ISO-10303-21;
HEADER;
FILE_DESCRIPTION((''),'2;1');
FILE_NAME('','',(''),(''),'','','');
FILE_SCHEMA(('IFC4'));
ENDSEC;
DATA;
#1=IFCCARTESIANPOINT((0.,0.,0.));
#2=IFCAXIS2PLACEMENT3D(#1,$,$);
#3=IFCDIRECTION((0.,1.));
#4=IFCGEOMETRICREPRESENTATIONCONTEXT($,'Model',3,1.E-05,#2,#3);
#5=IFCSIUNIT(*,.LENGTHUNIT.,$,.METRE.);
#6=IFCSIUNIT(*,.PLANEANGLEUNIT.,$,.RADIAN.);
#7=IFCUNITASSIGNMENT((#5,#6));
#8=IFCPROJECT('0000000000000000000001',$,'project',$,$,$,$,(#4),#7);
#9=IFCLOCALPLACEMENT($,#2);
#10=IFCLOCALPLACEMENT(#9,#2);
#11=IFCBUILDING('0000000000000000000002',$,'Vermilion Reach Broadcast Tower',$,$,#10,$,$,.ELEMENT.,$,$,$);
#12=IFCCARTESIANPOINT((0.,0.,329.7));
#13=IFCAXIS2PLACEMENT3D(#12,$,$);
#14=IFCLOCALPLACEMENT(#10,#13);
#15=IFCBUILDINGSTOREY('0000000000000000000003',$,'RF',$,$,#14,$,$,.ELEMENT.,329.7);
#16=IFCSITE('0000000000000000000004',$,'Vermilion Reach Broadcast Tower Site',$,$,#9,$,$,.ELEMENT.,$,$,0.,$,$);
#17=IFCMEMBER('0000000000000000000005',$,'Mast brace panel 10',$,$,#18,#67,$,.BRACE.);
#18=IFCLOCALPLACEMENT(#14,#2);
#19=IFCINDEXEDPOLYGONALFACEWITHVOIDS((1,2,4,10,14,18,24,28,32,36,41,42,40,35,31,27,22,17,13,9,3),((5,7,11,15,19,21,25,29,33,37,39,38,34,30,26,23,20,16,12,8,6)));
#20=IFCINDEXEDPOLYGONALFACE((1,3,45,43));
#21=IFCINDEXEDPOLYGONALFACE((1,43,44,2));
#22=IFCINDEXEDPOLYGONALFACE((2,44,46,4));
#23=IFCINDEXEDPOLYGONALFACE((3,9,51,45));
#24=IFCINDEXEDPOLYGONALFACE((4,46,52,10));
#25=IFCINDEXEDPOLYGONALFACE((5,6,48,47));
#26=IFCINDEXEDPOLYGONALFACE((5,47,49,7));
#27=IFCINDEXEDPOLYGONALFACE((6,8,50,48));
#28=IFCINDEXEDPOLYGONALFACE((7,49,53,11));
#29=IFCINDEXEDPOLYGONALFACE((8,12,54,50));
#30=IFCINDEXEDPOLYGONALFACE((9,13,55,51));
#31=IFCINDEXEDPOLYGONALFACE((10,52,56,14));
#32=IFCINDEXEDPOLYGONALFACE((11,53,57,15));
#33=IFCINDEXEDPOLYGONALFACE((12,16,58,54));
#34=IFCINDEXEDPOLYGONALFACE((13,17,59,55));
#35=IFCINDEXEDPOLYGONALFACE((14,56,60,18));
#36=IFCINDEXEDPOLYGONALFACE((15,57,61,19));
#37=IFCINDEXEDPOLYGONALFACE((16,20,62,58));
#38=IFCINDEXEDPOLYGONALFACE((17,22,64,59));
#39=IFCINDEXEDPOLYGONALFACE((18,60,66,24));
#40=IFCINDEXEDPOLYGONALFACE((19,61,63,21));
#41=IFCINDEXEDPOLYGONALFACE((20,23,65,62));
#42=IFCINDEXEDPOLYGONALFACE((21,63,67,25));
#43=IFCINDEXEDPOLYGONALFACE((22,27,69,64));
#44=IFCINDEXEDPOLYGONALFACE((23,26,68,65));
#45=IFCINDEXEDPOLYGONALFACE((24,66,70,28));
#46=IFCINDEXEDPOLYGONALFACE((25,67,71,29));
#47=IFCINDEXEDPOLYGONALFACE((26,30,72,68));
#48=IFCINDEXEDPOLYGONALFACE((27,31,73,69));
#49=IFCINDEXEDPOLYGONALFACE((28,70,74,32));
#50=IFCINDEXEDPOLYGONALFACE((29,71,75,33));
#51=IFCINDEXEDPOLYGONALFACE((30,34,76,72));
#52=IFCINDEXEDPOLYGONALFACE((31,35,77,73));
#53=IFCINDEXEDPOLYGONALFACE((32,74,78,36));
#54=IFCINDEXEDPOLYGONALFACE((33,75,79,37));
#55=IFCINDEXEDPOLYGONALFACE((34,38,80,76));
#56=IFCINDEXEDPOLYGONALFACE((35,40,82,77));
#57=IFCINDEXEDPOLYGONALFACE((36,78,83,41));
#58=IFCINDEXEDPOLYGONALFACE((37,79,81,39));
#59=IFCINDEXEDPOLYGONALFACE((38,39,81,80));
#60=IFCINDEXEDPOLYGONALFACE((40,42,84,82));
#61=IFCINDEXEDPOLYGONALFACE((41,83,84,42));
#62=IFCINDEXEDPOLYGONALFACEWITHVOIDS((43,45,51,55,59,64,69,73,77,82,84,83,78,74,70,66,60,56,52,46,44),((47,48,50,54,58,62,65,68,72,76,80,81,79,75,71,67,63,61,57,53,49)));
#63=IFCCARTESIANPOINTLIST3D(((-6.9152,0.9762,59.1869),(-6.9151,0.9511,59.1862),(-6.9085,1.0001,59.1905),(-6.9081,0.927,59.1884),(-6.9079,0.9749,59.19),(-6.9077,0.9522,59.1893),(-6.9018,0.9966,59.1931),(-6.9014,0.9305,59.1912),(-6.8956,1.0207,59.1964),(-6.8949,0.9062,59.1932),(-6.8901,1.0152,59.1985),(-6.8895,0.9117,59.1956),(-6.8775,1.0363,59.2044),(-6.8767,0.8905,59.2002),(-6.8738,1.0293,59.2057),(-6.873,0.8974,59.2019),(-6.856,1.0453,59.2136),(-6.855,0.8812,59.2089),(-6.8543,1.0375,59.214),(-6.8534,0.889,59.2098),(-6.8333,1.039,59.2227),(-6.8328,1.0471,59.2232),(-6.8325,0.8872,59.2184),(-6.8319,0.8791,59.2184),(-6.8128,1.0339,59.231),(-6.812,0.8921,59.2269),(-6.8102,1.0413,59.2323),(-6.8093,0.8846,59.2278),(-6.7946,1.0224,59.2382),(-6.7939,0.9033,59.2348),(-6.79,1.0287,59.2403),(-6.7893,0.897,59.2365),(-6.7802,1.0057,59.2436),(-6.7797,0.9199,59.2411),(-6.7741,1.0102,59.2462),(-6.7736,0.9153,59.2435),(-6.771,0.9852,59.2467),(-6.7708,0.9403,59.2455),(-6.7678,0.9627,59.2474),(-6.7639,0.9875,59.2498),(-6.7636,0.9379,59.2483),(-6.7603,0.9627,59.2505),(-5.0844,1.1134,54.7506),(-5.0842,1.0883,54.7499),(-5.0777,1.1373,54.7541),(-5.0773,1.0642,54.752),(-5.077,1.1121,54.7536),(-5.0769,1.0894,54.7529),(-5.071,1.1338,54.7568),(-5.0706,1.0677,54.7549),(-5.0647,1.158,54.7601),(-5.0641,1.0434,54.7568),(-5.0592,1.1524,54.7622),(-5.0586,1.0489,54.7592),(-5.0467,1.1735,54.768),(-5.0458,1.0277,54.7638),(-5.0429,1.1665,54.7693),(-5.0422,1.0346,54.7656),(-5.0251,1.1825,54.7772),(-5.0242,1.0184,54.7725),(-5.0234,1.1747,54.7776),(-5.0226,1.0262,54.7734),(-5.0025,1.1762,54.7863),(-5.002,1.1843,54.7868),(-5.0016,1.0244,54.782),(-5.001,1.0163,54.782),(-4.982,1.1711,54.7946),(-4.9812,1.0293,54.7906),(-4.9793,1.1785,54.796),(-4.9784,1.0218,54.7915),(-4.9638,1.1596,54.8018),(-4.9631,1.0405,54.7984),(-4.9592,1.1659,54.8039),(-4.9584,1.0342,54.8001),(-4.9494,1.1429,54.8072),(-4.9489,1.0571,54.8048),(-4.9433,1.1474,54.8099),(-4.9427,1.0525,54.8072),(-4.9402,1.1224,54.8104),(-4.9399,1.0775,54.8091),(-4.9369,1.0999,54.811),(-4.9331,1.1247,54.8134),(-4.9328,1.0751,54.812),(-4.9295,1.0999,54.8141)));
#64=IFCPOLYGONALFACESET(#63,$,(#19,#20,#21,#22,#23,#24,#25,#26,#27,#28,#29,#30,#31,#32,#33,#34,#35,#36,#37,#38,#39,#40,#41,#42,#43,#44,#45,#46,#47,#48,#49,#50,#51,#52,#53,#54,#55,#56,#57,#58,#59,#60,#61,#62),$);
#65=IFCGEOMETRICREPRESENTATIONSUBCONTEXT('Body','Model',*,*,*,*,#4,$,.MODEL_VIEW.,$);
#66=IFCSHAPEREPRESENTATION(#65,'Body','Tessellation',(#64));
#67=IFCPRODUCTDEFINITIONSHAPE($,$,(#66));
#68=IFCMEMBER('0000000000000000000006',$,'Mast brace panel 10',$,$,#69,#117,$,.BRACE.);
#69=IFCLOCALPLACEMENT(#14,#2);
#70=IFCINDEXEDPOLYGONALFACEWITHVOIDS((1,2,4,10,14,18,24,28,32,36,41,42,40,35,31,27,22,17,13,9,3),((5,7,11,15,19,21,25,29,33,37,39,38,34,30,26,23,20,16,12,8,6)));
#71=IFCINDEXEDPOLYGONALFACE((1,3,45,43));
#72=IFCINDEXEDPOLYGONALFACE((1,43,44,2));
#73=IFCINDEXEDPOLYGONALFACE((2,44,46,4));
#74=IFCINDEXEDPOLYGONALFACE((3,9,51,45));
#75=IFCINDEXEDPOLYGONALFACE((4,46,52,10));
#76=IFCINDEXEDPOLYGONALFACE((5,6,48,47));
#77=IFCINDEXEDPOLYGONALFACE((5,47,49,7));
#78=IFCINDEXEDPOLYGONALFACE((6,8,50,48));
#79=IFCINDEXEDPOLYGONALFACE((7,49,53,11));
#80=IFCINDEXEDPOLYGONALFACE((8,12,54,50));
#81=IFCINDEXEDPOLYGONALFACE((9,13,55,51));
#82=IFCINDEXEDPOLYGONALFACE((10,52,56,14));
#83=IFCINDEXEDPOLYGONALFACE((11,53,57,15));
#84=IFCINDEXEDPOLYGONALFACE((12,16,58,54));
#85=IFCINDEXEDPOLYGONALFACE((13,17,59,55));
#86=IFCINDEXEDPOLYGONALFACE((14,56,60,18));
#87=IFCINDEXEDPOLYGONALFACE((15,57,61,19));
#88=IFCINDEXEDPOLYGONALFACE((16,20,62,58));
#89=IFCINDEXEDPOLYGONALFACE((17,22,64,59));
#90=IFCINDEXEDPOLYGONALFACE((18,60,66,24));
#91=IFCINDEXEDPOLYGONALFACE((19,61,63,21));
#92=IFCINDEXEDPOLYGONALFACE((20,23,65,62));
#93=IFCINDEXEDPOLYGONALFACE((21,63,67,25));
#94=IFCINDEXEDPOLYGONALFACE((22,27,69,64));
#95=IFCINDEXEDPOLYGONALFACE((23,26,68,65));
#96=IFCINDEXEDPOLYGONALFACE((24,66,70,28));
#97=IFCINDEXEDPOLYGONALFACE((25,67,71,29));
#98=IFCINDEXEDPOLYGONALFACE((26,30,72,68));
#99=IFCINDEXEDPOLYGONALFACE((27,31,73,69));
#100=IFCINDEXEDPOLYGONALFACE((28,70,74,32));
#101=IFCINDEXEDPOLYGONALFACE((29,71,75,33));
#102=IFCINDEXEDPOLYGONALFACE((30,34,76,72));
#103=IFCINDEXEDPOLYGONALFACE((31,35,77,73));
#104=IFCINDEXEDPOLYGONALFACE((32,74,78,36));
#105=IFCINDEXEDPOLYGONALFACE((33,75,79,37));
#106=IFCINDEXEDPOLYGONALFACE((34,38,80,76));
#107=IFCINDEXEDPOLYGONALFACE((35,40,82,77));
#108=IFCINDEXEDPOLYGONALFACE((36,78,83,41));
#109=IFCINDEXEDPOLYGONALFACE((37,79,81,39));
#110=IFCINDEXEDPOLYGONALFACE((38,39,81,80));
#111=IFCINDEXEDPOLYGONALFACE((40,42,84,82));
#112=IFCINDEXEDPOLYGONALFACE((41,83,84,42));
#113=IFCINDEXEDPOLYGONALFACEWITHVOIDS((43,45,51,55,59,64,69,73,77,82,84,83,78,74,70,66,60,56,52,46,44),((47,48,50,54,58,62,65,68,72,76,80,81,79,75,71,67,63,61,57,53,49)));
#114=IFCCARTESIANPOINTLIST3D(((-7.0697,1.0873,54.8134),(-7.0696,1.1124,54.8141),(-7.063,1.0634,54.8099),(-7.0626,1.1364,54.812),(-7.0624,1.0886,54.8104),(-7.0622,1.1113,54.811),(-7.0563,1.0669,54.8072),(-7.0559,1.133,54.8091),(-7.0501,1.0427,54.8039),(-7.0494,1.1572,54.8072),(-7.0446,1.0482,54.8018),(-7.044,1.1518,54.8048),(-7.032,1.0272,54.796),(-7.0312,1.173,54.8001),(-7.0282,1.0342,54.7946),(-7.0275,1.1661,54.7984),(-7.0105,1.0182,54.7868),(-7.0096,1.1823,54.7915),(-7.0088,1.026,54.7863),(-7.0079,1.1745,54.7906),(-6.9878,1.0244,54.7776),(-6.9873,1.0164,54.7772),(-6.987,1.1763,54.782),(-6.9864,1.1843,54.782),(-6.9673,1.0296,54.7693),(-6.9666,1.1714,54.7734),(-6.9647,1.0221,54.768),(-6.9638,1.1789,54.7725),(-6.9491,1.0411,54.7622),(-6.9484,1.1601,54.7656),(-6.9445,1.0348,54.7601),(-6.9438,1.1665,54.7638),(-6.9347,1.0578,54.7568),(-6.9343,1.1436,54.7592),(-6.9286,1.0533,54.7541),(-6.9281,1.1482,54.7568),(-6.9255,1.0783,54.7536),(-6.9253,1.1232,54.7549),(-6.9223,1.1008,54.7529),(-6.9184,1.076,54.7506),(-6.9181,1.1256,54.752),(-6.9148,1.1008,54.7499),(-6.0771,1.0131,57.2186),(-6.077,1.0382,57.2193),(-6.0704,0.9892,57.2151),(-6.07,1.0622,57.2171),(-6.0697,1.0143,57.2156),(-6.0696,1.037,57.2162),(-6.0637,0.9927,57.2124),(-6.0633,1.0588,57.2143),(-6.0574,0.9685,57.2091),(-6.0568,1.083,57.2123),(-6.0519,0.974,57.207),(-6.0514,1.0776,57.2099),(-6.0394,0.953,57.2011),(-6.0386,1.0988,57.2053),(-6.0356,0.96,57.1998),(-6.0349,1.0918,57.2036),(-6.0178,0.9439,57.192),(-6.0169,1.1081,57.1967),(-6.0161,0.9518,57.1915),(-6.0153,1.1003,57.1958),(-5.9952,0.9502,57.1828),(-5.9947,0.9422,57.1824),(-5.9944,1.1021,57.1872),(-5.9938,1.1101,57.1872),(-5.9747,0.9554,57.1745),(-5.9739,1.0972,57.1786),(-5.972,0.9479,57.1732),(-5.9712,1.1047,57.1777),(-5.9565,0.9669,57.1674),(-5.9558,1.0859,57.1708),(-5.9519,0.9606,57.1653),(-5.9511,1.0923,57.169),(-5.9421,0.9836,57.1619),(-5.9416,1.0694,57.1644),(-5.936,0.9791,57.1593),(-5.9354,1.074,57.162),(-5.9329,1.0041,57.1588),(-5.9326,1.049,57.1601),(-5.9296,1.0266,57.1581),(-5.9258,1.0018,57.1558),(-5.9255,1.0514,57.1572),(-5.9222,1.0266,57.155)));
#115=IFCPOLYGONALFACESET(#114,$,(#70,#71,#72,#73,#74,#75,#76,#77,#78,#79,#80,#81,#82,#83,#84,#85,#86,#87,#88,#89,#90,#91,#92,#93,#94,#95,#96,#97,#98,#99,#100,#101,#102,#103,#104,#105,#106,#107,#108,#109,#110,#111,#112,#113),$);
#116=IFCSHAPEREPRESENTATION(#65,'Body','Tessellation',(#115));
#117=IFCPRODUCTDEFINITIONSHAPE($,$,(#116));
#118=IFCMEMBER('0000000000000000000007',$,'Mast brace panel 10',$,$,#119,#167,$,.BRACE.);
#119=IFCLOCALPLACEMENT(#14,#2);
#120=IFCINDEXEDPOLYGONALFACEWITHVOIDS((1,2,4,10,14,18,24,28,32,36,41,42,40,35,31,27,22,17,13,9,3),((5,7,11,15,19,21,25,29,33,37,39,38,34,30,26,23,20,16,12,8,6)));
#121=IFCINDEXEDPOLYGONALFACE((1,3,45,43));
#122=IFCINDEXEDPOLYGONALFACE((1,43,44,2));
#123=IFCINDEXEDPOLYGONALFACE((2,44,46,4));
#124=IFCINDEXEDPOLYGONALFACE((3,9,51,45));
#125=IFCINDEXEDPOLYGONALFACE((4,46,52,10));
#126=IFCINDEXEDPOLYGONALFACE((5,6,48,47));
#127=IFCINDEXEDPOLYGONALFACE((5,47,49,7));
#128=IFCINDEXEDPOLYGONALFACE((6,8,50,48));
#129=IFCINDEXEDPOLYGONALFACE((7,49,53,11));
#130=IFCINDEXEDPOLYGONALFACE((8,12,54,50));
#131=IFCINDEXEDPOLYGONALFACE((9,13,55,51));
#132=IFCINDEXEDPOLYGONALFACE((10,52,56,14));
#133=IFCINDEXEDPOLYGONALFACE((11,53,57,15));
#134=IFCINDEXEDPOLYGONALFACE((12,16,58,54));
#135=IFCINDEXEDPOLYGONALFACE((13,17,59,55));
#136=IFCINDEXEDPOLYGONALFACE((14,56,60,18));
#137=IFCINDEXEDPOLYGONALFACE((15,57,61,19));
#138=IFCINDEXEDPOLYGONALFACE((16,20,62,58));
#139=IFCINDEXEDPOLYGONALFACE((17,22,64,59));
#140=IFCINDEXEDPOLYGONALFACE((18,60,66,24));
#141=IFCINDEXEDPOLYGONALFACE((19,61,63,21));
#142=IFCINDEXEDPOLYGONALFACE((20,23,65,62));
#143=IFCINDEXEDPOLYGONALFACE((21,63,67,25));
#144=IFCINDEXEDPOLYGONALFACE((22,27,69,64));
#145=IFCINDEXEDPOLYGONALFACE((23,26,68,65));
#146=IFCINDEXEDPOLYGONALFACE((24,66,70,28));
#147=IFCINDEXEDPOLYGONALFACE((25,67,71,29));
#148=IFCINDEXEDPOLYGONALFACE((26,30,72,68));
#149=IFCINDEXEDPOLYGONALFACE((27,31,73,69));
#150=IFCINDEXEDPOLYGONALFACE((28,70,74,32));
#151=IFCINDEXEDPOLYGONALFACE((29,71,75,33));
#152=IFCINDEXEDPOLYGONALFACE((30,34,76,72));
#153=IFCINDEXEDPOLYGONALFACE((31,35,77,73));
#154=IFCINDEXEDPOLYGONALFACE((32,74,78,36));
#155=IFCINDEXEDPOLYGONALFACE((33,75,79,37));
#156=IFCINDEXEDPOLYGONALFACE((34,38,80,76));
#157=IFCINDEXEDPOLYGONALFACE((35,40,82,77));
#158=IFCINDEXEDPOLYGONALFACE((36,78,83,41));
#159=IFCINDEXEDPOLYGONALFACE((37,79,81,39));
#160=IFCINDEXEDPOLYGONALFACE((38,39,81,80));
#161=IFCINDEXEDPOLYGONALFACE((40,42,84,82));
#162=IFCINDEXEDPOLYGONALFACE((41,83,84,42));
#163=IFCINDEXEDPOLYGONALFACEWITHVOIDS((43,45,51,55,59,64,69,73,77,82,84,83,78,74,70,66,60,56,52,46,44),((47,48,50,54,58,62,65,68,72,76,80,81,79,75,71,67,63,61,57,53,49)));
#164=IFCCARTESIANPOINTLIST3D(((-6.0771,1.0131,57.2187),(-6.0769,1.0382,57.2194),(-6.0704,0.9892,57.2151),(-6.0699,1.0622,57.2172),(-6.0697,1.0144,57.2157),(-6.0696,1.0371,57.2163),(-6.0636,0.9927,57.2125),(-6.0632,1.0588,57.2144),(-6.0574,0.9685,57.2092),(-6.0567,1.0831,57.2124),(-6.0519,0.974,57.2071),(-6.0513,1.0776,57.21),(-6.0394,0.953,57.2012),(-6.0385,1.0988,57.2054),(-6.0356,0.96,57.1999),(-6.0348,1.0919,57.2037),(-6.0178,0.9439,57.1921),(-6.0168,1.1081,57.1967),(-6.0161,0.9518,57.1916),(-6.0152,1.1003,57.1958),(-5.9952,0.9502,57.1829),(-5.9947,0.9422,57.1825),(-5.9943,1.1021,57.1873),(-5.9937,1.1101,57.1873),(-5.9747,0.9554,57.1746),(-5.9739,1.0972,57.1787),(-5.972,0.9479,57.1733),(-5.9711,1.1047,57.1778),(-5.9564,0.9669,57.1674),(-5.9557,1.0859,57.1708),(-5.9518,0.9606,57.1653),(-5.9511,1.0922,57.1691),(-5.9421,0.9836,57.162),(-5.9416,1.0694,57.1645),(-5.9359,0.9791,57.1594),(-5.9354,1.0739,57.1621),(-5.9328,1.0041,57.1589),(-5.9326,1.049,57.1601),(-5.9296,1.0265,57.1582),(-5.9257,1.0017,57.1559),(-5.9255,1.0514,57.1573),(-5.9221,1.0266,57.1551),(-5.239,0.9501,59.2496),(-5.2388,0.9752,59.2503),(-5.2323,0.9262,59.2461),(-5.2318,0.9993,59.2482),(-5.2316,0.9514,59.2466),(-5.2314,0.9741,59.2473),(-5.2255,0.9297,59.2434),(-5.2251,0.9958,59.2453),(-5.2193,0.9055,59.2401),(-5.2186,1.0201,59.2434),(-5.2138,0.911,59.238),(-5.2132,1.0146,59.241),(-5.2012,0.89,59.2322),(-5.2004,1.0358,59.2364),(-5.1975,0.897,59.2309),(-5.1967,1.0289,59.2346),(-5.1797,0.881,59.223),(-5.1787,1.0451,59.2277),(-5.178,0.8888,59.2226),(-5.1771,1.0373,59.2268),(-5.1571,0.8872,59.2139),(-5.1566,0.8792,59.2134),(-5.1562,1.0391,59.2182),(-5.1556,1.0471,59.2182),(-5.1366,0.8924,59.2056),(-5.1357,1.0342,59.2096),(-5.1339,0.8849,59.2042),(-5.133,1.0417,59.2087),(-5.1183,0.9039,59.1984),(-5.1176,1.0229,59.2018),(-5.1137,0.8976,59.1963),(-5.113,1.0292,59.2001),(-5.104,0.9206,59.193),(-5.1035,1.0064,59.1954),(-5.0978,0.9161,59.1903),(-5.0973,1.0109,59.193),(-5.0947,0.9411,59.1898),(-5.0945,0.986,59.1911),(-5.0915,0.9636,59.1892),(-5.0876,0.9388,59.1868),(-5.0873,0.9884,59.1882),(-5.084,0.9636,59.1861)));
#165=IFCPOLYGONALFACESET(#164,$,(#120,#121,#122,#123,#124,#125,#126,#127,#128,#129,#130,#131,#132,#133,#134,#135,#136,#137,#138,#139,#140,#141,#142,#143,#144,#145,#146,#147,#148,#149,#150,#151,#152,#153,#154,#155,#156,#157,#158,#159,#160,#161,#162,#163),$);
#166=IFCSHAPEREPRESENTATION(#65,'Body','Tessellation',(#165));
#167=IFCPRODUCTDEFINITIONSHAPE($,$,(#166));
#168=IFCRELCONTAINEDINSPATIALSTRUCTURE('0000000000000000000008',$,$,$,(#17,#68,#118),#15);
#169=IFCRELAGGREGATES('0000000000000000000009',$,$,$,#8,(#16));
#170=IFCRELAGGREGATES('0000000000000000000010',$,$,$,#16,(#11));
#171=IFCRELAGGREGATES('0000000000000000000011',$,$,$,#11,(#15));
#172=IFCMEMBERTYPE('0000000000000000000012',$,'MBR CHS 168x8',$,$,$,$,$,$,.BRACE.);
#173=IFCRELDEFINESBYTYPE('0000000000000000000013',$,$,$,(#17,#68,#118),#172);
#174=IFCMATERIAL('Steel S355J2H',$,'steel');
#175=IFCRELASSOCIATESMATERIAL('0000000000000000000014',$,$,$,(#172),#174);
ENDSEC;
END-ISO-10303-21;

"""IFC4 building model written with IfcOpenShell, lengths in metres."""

from ifc_helpers import new_model, si_unit, direction, frame, origin, origin_2d, place, context, subcontext, project, spatial, hollow_circle, extrude, material, material_profile, profile_set, type_object, element, save


model = new_model("IFC4")

# Units and contexts
model_context = context("Model", 3, precision=1e-05, world=origin(), true_north=direction((0.0, 1.0)))
body_context = subcontext(model_context, "Body", "Model", "MODEL_VIEW")
ifc_project = project(units=[si_unit("LENGTHUNIT", "METRE"), si_unit("PLANEANGLEUNIT", "RADIAN")], contexts=[model_context])

# Site, building, storey
site_placement = place(None, origin())
site = spatial("IfcSite", under=ifc_project, at=site_placement, Name="Vermilion Reach Broadcast Tower Site", CompositionType="ELEMENT", RefElevation=0.0)
building_placement = place(site_placement, origin())
building = spatial("IfcBuilding", under=site, at=building_placement, Name="Vermilion Reach Broadcast Tower", CompositionType="ELEMENT")
storey_placement = place(building_placement, frame((0.0, 0.0, 329.7)))
storey = spatial("IfcBuildingStorey", under=building, at=storey_placement, Name="RF", CompositionType="ELEMENT", Elevation=329.7)

# Members
ifc_material_1 = material(Name="Steel S355J2H", Category="steel")
ifc_material_profile_1 = material_profile(ifc_material_1, hollow_circle(Radius=0.0842, WallThickness=0.0081, at=origin_2d()), Name="S355J2H CHS 168x8")
ifc_profile_set_1 = profile_set([ifc_material_profile_1], Name="Steel S355J2H")
member_type_1 = type_object("IfcMemberType", Name="MBR CHS 168x8", PredefinedType="BRACE", material=ifc_profile_set_1)
member_1_placement = place(storey_placement, frame((-5.0073, 1.1003, 54.782), z_axis=(-0.381326, -0.028578, 0.923999), x_axis=(0.074734, -0.997204, 0.0)))
element("IfcMember", 1, at=member_1_placement, inside=storey, type_object=member_type_1, Name="Mast brace panel 10", PredefinedType="BRACE", context=body_context, shape_type="SweptSolid", body=[
    extrude(hollow_circle(Radius=0.0842, WallThickness=0.0081, at=origin_2d()), origin(), (0.0, 0.0, 1.0), 4.8013),
])
member_2_placement = place(storey_placement, frame((-6.9927, 1.1003, 54.782), z_axis=(0.38134, -0.028511, 0.923995), x_axis=(0.074558, 0.997217, 0.0)))
element("IfcMember", 2, at=member_2_placement, inside=storey, type_object=member_type_1, Name="Mast brace panel 10", PredefinedType="BRACE", context=body_context, shape_type="SweptSolid", body=[
    extrude(hollow_circle(Radius=0.0842, WallThickness=0.0081, at=origin_2d()), origin(), (0.0, 0.0, 1.0), 2.603),
])
member_3_placement = place(storey_placement, frame((-6.0, 1.0261, 57.1873), z_axis=(0.381308, -0.028656, 0.924004), x_axis=(0.074942, 0.997188, 0.0)))
element("IfcMember", 3, at=member_3_placement, inside=storey, type_object=member_type_1, Name="Mast brace panel 10", PredefinedType="BRACE", context=body_context, shape_type="SweptSolid", body=[
    extrude(hollow_circle(Radius=0.0842, WallThickness=0.0081, at=origin_2d()), origin(), (0.0, 0.0, 1.0), 2.198),
])

save(model, "model.ifc")
